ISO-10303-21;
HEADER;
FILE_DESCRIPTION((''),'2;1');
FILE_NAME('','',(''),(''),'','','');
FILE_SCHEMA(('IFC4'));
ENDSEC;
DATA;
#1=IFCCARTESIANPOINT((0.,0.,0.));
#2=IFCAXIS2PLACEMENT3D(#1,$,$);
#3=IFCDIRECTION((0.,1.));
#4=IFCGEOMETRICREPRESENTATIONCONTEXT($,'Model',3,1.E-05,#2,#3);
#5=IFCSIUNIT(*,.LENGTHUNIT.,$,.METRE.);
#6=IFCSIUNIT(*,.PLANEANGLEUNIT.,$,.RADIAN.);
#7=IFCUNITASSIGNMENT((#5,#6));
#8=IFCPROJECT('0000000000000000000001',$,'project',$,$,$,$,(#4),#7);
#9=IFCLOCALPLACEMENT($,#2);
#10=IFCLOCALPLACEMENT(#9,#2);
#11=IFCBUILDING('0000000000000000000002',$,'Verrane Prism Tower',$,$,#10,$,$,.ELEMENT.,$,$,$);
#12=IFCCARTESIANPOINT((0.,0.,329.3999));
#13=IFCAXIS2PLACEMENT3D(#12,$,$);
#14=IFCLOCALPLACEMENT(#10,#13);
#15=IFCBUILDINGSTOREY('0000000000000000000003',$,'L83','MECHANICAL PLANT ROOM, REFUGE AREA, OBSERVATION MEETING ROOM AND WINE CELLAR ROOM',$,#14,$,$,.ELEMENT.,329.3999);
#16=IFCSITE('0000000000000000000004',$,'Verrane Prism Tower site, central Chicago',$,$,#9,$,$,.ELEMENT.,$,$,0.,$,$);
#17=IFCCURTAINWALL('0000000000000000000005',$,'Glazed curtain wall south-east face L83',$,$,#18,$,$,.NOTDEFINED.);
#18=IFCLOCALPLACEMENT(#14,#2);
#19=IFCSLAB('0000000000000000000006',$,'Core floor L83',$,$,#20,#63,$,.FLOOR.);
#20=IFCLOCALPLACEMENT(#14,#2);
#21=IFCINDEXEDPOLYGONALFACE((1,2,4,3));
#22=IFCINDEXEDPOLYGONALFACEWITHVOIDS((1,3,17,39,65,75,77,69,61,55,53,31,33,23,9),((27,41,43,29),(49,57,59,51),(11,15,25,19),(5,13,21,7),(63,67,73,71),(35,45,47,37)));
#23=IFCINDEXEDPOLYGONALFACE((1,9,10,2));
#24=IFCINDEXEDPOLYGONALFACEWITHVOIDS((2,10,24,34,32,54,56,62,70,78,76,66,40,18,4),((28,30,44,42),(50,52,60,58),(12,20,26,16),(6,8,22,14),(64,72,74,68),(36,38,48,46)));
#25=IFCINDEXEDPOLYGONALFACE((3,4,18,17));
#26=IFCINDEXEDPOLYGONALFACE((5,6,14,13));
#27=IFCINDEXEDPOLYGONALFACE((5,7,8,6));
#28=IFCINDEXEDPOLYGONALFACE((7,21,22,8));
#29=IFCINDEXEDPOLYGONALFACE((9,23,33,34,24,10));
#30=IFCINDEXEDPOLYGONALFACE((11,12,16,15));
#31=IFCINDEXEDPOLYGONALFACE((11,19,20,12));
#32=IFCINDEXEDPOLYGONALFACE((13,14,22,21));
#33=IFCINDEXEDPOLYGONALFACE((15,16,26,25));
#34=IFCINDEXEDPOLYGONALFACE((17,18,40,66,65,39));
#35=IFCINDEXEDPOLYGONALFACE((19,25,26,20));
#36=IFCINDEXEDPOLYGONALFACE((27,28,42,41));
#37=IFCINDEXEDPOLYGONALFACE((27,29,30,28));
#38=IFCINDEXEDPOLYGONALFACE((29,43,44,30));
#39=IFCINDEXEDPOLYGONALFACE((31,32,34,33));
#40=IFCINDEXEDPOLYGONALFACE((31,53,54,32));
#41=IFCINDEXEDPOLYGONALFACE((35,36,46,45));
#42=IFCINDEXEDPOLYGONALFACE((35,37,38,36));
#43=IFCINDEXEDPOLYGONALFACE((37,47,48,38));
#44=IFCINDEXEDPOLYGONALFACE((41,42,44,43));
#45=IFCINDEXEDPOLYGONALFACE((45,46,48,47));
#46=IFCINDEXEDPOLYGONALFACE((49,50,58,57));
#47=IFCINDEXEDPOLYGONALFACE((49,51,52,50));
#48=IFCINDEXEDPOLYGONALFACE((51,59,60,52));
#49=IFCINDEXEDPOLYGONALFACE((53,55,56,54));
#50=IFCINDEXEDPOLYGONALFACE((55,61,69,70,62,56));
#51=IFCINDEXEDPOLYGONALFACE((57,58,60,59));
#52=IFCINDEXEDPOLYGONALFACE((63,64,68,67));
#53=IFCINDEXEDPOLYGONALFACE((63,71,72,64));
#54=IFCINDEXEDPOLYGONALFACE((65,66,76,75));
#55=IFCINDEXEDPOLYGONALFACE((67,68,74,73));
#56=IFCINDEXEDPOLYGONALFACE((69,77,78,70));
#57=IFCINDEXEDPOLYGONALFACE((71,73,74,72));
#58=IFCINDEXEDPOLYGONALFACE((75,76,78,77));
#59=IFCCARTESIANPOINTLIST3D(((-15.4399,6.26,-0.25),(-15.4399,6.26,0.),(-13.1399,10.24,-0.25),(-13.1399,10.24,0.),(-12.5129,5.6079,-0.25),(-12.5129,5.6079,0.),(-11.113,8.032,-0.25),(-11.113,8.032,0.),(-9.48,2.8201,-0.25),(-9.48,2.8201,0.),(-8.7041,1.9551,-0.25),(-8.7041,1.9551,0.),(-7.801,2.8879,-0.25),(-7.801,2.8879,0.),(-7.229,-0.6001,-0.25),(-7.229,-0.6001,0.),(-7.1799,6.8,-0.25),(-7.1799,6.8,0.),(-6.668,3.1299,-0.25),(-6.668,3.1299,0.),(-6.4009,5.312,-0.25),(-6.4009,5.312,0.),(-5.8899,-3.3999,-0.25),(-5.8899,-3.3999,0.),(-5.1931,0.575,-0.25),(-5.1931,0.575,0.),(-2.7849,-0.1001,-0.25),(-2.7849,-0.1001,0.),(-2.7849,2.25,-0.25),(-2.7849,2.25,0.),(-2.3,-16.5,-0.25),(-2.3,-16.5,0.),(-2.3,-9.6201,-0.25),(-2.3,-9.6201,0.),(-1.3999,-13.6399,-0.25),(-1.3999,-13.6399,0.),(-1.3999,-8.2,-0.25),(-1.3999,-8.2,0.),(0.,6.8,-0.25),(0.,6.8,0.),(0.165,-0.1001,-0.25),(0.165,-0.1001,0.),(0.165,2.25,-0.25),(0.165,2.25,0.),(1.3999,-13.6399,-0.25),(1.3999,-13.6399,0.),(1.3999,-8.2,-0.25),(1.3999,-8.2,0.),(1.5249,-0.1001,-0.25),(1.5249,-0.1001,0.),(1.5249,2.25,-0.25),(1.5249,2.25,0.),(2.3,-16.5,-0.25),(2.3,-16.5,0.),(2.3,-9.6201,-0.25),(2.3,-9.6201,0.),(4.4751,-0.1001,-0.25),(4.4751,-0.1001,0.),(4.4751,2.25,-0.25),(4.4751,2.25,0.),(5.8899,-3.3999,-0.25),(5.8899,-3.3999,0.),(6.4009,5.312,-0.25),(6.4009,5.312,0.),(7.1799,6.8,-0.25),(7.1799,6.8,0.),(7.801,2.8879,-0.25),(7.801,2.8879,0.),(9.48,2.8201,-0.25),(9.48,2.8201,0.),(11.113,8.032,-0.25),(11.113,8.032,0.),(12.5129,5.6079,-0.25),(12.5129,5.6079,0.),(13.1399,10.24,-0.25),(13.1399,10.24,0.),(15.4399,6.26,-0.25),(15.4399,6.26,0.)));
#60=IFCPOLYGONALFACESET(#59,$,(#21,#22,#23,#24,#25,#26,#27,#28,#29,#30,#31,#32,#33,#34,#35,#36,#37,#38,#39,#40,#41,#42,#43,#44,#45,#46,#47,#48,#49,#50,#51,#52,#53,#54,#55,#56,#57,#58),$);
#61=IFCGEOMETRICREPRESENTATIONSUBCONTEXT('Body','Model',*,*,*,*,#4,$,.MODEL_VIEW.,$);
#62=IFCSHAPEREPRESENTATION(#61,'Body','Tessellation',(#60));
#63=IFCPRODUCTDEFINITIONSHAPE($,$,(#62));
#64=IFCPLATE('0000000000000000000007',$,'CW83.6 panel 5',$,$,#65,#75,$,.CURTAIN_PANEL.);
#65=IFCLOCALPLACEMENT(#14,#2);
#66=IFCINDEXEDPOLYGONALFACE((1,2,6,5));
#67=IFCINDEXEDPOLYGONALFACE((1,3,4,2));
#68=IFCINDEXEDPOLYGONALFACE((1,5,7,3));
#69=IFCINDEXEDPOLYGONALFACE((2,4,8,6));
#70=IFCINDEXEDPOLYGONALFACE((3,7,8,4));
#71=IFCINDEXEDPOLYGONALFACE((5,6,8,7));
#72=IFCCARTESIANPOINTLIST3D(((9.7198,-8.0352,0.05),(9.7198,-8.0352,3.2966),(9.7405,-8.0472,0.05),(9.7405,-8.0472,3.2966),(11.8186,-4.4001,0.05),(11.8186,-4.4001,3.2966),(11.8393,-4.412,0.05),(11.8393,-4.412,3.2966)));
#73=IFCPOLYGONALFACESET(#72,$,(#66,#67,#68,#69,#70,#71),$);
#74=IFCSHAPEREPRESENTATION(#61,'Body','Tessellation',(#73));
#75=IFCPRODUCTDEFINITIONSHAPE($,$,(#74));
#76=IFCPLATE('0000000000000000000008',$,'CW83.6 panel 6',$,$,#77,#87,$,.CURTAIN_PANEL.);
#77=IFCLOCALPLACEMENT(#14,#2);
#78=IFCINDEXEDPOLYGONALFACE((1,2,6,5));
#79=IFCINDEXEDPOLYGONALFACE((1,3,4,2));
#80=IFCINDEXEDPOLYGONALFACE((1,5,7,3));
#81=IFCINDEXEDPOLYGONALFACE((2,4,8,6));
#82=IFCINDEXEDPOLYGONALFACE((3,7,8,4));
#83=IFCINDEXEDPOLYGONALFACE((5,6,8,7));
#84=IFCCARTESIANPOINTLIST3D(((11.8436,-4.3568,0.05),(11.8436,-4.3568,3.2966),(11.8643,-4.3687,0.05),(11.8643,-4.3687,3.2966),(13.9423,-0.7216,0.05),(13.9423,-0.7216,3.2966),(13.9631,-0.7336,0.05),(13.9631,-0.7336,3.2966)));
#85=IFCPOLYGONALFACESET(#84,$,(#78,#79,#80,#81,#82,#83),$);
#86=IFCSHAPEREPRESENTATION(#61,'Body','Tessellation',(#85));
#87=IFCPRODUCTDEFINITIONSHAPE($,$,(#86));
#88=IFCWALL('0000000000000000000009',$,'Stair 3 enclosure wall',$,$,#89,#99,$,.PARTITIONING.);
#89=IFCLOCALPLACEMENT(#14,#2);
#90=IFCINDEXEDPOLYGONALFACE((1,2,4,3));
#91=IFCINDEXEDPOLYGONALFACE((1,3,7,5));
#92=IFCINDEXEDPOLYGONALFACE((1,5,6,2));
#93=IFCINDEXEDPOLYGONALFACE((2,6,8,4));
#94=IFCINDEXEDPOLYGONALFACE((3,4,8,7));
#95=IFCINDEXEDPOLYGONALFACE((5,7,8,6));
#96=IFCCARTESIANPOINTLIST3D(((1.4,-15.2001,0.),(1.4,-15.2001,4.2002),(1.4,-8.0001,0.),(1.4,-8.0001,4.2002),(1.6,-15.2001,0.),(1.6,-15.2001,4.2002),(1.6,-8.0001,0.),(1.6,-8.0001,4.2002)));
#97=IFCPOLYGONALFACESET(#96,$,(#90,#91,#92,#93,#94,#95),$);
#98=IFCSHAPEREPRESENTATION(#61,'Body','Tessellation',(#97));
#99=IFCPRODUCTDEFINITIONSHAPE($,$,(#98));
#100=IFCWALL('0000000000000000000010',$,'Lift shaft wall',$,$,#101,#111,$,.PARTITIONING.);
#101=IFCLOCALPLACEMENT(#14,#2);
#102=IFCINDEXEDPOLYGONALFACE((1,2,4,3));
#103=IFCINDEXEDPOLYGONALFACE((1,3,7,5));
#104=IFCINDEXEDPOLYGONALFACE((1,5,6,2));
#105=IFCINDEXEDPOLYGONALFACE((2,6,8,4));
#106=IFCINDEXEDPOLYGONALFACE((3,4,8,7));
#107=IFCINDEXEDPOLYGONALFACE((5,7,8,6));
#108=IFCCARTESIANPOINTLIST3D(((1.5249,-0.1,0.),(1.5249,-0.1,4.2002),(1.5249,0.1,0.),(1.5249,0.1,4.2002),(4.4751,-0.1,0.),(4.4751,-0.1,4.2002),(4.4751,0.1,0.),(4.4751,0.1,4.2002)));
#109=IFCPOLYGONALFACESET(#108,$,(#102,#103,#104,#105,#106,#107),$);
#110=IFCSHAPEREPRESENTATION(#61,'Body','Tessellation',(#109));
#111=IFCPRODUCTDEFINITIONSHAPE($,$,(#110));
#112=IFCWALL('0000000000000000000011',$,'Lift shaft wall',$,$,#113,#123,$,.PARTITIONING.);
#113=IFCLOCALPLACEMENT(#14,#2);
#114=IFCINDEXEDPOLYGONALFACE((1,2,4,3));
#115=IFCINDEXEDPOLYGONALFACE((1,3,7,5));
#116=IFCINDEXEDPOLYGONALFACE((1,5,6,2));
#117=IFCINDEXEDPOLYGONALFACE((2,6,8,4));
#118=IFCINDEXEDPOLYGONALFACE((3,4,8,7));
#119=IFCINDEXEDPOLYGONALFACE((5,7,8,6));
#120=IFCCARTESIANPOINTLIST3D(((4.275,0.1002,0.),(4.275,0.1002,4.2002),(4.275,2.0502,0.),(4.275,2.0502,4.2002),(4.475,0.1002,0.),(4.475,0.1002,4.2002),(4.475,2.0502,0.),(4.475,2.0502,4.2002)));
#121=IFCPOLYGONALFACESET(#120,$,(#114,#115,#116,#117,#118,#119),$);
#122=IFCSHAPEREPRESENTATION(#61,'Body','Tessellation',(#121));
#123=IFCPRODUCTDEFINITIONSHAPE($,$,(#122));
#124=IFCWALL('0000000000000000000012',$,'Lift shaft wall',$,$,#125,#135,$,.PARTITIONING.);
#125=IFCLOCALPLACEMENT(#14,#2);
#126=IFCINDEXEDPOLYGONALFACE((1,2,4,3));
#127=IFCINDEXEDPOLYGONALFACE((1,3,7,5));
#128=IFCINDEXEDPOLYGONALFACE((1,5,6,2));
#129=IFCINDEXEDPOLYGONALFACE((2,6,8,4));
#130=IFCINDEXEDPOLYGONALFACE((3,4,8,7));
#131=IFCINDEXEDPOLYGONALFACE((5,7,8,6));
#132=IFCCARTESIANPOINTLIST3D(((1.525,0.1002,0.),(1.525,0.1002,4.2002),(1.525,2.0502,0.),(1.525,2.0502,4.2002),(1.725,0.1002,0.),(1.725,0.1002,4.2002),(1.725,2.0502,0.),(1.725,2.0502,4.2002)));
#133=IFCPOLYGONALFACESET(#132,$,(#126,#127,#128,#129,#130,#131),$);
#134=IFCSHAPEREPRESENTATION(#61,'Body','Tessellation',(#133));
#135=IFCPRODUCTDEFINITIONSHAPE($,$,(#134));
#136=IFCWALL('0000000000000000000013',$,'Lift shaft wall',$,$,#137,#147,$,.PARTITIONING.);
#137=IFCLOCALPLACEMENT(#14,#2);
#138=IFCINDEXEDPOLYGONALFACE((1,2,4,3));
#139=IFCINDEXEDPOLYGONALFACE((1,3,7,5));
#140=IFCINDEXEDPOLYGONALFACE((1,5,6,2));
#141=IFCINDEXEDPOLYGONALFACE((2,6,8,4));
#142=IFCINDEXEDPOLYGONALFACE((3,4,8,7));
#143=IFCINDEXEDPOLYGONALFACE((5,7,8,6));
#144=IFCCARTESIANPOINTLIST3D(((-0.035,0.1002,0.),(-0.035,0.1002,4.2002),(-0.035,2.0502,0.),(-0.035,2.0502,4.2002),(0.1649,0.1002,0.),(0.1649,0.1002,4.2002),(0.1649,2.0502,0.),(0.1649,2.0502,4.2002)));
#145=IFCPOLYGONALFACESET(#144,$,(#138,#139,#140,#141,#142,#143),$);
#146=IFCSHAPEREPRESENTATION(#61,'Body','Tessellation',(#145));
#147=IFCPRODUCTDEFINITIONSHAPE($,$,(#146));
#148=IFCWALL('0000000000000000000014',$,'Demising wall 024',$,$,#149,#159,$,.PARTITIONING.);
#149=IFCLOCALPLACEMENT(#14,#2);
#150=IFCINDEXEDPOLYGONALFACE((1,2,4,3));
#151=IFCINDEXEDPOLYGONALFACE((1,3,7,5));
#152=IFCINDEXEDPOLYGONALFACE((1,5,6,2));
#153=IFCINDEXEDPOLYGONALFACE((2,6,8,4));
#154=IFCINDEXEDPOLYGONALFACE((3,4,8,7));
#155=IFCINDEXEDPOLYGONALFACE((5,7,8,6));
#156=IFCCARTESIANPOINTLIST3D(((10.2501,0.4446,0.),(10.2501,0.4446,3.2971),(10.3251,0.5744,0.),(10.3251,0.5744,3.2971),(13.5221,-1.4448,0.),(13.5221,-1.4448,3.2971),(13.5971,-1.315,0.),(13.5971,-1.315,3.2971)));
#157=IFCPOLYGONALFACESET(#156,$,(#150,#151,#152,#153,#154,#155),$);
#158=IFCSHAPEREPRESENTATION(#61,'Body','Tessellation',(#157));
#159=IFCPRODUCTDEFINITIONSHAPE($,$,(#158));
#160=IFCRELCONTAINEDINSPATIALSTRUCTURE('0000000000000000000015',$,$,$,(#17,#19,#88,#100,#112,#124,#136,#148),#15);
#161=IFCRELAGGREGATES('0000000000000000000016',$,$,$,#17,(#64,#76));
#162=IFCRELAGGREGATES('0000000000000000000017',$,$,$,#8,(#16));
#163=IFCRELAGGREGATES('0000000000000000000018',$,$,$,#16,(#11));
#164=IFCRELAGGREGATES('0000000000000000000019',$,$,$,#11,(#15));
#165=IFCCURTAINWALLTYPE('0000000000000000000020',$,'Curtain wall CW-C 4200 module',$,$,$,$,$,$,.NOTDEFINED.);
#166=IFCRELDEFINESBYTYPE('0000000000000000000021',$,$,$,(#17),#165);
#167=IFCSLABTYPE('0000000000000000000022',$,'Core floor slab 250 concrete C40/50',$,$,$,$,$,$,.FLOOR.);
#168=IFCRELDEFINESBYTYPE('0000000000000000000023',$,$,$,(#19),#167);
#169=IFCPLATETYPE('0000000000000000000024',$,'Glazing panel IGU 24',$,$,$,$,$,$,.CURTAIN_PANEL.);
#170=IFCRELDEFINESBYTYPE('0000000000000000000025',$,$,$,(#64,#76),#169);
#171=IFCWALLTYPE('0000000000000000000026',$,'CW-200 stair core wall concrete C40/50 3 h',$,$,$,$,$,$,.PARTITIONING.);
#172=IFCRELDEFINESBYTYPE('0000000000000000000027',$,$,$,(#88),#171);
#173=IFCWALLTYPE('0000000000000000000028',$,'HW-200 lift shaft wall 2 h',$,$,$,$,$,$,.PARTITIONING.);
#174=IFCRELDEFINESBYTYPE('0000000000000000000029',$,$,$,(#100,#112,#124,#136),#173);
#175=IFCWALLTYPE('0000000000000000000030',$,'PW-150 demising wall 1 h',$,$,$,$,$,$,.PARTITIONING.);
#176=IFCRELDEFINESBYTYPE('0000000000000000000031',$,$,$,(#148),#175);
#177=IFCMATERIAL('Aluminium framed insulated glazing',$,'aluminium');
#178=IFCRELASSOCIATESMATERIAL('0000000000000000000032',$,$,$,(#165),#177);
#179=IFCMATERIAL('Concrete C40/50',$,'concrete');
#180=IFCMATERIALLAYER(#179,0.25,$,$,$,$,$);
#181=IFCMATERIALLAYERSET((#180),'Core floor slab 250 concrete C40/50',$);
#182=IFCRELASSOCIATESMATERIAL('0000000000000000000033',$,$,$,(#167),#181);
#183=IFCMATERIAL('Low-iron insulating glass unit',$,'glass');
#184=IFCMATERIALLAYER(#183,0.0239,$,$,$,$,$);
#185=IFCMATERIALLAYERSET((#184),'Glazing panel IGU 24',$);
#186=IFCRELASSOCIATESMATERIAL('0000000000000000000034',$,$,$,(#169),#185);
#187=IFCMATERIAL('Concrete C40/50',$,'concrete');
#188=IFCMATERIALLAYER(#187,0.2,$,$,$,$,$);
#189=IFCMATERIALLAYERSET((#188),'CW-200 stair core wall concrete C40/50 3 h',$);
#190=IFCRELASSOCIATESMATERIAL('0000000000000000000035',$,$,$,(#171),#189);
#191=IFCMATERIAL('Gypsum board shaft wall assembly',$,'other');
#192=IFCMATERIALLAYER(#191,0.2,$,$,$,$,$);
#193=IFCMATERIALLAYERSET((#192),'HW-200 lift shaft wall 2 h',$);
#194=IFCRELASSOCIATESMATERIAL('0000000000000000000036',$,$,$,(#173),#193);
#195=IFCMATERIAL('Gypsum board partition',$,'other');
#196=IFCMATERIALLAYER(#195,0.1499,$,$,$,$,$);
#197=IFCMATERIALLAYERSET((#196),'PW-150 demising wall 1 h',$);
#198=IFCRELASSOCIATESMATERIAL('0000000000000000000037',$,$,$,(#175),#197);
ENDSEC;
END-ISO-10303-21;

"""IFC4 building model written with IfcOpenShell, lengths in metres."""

from ifc_helpers import new_model, si_unit, direction, frame, frame_2d, origin, origin_2d, place, context, subcontext, project, spatial, polyline, rectangle, outline, extrude, material, layer, layer_set, type_object, element, aggregate, save


model = new_model("IFC4")

# Units and contexts
model_context = context("Model", 3, precision=1e-05, world=origin(), true_north=direction((0.0, 1.0)))
body_context = subcontext(model_context, "Body", "Model", "MODEL_VIEW")
ifc_project = project(units=[si_unit("LENGTHUNIT", "METRE"), si_unit("PLANEANGLEUNIT", "RADIAN")], contexts=[model_context])

# Site, building, storey
site_placement = place(None, origin())
site = spatial("IfcSite", under=ifc_project, at=site_placement, Name="Verrane Prism Tower site, central Chicago", CompositionType="ELEMENT", RefElevation=0.0)
building_placement = place(site_placement, origin())
building = spatial("IfcBuilding", under=site, at=building_placement, Name="Verrane Prism Tower", CompositionType="ELEMENT")
storey_placement = place(building_placement, frame((0.0, 0.0, 329.3999)))
storey = spatial("IfcBuildingStorey", under=building, at=storey_placement, Name="L83", Description="MECHANICAL PLANT ROOM, REFUGE AREA, OBSERVATION MEETING ROOM AND WINE CELLAR ROOM", CompositionType="ELEMENT", Elevation=329.3999)

# Curtain wall
ifc_material_1 = material(Name="Aluminium framed insulated glazing", Category="aluminium")
curtain_wall_type = type_object("IfcCurtainWallType", Name="Curtain wall CW-C 4200 module", PredefinedType="NOTDEFINED", material=ifc_material_1)
curtain_wall_placement = place(storey_placement, origin())
curtain_wall = element("IfcCurtainWall", 1, at=curtain_wall_placement, inside=storey, type_object=curtain_wall_type, Name="Glazed curtain wall south-east face L83", PredefinedType="NOTDEFINED")

# Slab
ifc_material_2 = material(Name="Concrete C40/50", Category="concrete")
ifc_layer_1 = layer(ifc_material_2, 0.25)
ifc_layer_set_1 = layer_set([ifc_layer_1], Name="Core floor slab 250 concrete C40/50")
slab_type = type_object("IfcSlabType", Name="Core floor slab 250 concrete C40/50", PredefinedType="FLOOR", material=ifc_layer_set_1)
slab_placement = place(storey_placement, frame((0.0, 0.0, -0.25)))
element("IfcSlab", 2, at=slab_placement, inside=storey, type_object=slab_type, Name="Core floor L83", PredefinedType="FLOOR", context=body_context, shape_type="SweptSolid", body=[
    extrude(outline(polyline([(9.48, 2.8201), (15.4399, 6.26), (13.1399, 10.24), (7.1799, 6.8), (0.0, 6.8), (-7.1799, 6.8), (-13.1399, 10.24), (-15.4399, 6.26), (-9.48, 2.8201), (-5.8899, -3.3999), (-2.3, -9.6201), (-2.3, -16.5), (2.3, -16.5), (2.3, -9.6201), (5.8899, -3.3999), (9.48, 2.8201)]), holes=[polyline([(-1.3999, -13.6399), (-1.3999, -8.2), (1.3999, -8.2), (1.3999, -13.6399), (-1.3999, -13.6399)]), polyline([(0.165, 2.25), (0.165, -0.1001), (-2.7849, -0.1001), (-2.7849, 2.25), (0.165, 2.25)]), polyline([(4.4751, 2.25), (4.4751, -0.1001), (1.5249, -0.1001), (1.5249, 2.25), (4.4751, 2.25)]), polyline([(-8.7041, 1.9551), (-6.668, 3.1299), (-5.1931, 0.575), (-7.229, -0.6001), (-8.7041, 1.9551)]), polyline([(-6.4009, 5.312), (-7.801, 2.8879), (-12.5129, 5.6079), (-11.113, 8.032), (-6.4009, 5.312)]), polyline([(7.801, 2.8879), (6.4009, 5.312), (11.113, 8.032), (12.5129, 5.6079), (7.801, 2.8879)])]), origin(), (0.0, 0.0, 1.0), 0.25),
])

# Plates
ifc_material_3 = material(Name="Low-iron insulating glass unit", Category="glass")
ifc_layer_2 = layer(ifc_material_3, 0.0239)
ifc_layer_set_2 = layer_set([ifc_layer_2], Name="Glazing panel IGU 24")
plate_type = type_object("IfcPlateType", Name="Glazing panel IGU 24", PredefinedType="CURTAIN_PANEL", material=ifc_layer_set_2)
plate_1_placement = place(storey_placement, frame((10.7795, -6.2236, 0.05), z_axis=(0.0, 0.0, 1.0), x_axis=(0.5, 0.866025, 0.0)))
plate_1 = element("IfcPlate", 3, at=plate_1_placement, type_object=plate_type, Name="CW83.6 panel 5", PredefinedType="CURTAIN_PANEL", context=body_context, shape_type="SweptSolid", body=[
    extrude(rectangle(XDim=4.1975, YDim=0.0239, at=origin_2d()), origin(), (0.0, 0.0, 1.0), 3.2466),
])
plate_2_placement = place(storey_placement, frame((12.9033, -2.5452, 0.05), z_axis=(0.0, 0.0, 1.0), x_axis=(0.5, 0.866025, 0.0)))
plate_2 = element("IfcPlate", 4, at=plate_2_placement, type_object=plate_type, Name="CW83.6 panel 6", PredefinedType="CURTAIN_PANEL", context=body_context, shape_type="SweptSolid", body=[
    extrude(rectangle(XDim=4.1975, YDim=0.0239, at=origin_2d()), origin(), (0.0, 0.0, 1.0), 3.2466),
])
aggregate(curtain_wall, [plate_1, plate_2])

# Walls
ifc_material_4 = material(Name="Concrete C40/50", Category="concrete")
ifc_layer_3 = layer(ifc_material_4, 0.2)
ifc_layer_set_3 = layer_set([ifc_layer_3], Name="CW-200 stair core wall concrete C40/50 3 h")
wall_type_1 = type_object("IfcWallType", Name="CW-200 stair core wall concrete C40/50 3 h", PredefinedType="PARTITIONING", material=ifc_layer_set_3)
wall_1_placement = place(storey_placement, frame((1.5, -8.0, 0.0), z_axis=(0.0, 0.0, 1.0), x_axis=(0.0, -1.0, 0.0)))
element("IfcWall", 5, at=wall_1_placement, inside=storey, type_object=wall_type_1, Name="Stair 3 enclosure wall", PredefinedType="PARTITIONING", context=body_context, shape_type="SweptSolid", body=[
    extrude(rectangle(XDim=7.2, YDim=0.2, at=frame_2d((3.6001, 0.0))), origin(), (0.0, 0.0, 1.0), 4.2002),
])
ifc_material_5 = material(Name="Gypsum board shaft wall assembly", Category="other")
ifc_layer_4 = layer(ifc_material_5, 0.2)
ifc_layer_set_4 = layer_set([ifc_layer_4], Name="HW-200 lift shaft wall 2 h")
wall_type_2 = type_object("IfcWallType", Name="HW-200 lift shaft wall 2 h", PredefinedType="PARTITIONING", material=ifc_layer_set_4)
wall_2_placement = place(storey_placement, frame((1.5249, 0.0, 0.0), z_axis=(0.0, 0.0, 1.0), x_axis=(1.0, 0.0, 0.0)))
element("IfcWall", 6, at=wall_2_placement, inside=storey, type_object=wall_type_2, Name="Lift shaft wall", PredefinedType="PARTITIONING", context=body_context, shape_type="SweptSolid", body=[
    extrude(rectangle(XDim=2.9502, YDim=0.2, at=frame_2d((1.4751, 0.0))), origin(), (0.0, 0.0, 1.0), 4.2002),
])
for number, where, z_axis, x_axis, name in (
    (7, (4.375, 0.1001, 0.0), (0.0, 0.0, 1.0), (0.0, 1.0, 0.0), "Lift shaft wall"),
    (8, (1.625, 0.1001, 0.0), (0.0, 0.0, 1.0), (0.0, 1.0, 0.0), "Lift shaft wall"),
    (9, (0.0649, 0.1001, 0.0), (0.0, 0.0, 1.0), (0.0, 1.0, 0.0), "Lift shaft wall"),
):
    element("IfcWall", number, at=place(storey_placement, frame(where, z_axis=z_axis, x_axis=x_axis)), inside=storey, type_object=wall_type_2, Name=name, PredefinedType="PARTITIONING", context=body_context, shape_type="SweptSolid", body=[
        extrude(rectangle(XDim=1.95, YDim=0.2, at=frame_2d((0.9751, 0.0))), origin(), (0.0, 0.0, 1.0), 4.2002),
    ])
ifc_material_6 = material(Name="Gypsum board partition", Category="other")
ifc_layer_5 = layer(ifc_material_6, 0.1499)
ifc_layer_set_5 = layer_set([ifc_layer_5], Name="PW-150 demising wall 1 h")
wall_type_3 = type_object("IfcWallType", Name="PW-150 demising wall 1 h", PredefinedType="PARTITIONING", material=ifc_layer_set_5)
wall_3_placement = place(storey_placement, frame((10.2876, 0.5095, 0.0), z_axis=(0.0, 0.0, 1.0), x_axis=(0.865988, -0.500066, 0.0)))
element("IfcWall", 10, at=wall_3_placement, inside=storey, type_object=wall_type_3, Name="Demising wall 024", PredefinedType="PARTITIONING", context=body_context, shape_type="SweptSolid", body=[
    extrude(rectangle(XDim=3.7783, YDim=0.1499, at=frame_2d((1.8892, 0.0))), origin(), (0.0, 0.0, 1.0), 3.2971),
])

save(model, "model.ifc")
